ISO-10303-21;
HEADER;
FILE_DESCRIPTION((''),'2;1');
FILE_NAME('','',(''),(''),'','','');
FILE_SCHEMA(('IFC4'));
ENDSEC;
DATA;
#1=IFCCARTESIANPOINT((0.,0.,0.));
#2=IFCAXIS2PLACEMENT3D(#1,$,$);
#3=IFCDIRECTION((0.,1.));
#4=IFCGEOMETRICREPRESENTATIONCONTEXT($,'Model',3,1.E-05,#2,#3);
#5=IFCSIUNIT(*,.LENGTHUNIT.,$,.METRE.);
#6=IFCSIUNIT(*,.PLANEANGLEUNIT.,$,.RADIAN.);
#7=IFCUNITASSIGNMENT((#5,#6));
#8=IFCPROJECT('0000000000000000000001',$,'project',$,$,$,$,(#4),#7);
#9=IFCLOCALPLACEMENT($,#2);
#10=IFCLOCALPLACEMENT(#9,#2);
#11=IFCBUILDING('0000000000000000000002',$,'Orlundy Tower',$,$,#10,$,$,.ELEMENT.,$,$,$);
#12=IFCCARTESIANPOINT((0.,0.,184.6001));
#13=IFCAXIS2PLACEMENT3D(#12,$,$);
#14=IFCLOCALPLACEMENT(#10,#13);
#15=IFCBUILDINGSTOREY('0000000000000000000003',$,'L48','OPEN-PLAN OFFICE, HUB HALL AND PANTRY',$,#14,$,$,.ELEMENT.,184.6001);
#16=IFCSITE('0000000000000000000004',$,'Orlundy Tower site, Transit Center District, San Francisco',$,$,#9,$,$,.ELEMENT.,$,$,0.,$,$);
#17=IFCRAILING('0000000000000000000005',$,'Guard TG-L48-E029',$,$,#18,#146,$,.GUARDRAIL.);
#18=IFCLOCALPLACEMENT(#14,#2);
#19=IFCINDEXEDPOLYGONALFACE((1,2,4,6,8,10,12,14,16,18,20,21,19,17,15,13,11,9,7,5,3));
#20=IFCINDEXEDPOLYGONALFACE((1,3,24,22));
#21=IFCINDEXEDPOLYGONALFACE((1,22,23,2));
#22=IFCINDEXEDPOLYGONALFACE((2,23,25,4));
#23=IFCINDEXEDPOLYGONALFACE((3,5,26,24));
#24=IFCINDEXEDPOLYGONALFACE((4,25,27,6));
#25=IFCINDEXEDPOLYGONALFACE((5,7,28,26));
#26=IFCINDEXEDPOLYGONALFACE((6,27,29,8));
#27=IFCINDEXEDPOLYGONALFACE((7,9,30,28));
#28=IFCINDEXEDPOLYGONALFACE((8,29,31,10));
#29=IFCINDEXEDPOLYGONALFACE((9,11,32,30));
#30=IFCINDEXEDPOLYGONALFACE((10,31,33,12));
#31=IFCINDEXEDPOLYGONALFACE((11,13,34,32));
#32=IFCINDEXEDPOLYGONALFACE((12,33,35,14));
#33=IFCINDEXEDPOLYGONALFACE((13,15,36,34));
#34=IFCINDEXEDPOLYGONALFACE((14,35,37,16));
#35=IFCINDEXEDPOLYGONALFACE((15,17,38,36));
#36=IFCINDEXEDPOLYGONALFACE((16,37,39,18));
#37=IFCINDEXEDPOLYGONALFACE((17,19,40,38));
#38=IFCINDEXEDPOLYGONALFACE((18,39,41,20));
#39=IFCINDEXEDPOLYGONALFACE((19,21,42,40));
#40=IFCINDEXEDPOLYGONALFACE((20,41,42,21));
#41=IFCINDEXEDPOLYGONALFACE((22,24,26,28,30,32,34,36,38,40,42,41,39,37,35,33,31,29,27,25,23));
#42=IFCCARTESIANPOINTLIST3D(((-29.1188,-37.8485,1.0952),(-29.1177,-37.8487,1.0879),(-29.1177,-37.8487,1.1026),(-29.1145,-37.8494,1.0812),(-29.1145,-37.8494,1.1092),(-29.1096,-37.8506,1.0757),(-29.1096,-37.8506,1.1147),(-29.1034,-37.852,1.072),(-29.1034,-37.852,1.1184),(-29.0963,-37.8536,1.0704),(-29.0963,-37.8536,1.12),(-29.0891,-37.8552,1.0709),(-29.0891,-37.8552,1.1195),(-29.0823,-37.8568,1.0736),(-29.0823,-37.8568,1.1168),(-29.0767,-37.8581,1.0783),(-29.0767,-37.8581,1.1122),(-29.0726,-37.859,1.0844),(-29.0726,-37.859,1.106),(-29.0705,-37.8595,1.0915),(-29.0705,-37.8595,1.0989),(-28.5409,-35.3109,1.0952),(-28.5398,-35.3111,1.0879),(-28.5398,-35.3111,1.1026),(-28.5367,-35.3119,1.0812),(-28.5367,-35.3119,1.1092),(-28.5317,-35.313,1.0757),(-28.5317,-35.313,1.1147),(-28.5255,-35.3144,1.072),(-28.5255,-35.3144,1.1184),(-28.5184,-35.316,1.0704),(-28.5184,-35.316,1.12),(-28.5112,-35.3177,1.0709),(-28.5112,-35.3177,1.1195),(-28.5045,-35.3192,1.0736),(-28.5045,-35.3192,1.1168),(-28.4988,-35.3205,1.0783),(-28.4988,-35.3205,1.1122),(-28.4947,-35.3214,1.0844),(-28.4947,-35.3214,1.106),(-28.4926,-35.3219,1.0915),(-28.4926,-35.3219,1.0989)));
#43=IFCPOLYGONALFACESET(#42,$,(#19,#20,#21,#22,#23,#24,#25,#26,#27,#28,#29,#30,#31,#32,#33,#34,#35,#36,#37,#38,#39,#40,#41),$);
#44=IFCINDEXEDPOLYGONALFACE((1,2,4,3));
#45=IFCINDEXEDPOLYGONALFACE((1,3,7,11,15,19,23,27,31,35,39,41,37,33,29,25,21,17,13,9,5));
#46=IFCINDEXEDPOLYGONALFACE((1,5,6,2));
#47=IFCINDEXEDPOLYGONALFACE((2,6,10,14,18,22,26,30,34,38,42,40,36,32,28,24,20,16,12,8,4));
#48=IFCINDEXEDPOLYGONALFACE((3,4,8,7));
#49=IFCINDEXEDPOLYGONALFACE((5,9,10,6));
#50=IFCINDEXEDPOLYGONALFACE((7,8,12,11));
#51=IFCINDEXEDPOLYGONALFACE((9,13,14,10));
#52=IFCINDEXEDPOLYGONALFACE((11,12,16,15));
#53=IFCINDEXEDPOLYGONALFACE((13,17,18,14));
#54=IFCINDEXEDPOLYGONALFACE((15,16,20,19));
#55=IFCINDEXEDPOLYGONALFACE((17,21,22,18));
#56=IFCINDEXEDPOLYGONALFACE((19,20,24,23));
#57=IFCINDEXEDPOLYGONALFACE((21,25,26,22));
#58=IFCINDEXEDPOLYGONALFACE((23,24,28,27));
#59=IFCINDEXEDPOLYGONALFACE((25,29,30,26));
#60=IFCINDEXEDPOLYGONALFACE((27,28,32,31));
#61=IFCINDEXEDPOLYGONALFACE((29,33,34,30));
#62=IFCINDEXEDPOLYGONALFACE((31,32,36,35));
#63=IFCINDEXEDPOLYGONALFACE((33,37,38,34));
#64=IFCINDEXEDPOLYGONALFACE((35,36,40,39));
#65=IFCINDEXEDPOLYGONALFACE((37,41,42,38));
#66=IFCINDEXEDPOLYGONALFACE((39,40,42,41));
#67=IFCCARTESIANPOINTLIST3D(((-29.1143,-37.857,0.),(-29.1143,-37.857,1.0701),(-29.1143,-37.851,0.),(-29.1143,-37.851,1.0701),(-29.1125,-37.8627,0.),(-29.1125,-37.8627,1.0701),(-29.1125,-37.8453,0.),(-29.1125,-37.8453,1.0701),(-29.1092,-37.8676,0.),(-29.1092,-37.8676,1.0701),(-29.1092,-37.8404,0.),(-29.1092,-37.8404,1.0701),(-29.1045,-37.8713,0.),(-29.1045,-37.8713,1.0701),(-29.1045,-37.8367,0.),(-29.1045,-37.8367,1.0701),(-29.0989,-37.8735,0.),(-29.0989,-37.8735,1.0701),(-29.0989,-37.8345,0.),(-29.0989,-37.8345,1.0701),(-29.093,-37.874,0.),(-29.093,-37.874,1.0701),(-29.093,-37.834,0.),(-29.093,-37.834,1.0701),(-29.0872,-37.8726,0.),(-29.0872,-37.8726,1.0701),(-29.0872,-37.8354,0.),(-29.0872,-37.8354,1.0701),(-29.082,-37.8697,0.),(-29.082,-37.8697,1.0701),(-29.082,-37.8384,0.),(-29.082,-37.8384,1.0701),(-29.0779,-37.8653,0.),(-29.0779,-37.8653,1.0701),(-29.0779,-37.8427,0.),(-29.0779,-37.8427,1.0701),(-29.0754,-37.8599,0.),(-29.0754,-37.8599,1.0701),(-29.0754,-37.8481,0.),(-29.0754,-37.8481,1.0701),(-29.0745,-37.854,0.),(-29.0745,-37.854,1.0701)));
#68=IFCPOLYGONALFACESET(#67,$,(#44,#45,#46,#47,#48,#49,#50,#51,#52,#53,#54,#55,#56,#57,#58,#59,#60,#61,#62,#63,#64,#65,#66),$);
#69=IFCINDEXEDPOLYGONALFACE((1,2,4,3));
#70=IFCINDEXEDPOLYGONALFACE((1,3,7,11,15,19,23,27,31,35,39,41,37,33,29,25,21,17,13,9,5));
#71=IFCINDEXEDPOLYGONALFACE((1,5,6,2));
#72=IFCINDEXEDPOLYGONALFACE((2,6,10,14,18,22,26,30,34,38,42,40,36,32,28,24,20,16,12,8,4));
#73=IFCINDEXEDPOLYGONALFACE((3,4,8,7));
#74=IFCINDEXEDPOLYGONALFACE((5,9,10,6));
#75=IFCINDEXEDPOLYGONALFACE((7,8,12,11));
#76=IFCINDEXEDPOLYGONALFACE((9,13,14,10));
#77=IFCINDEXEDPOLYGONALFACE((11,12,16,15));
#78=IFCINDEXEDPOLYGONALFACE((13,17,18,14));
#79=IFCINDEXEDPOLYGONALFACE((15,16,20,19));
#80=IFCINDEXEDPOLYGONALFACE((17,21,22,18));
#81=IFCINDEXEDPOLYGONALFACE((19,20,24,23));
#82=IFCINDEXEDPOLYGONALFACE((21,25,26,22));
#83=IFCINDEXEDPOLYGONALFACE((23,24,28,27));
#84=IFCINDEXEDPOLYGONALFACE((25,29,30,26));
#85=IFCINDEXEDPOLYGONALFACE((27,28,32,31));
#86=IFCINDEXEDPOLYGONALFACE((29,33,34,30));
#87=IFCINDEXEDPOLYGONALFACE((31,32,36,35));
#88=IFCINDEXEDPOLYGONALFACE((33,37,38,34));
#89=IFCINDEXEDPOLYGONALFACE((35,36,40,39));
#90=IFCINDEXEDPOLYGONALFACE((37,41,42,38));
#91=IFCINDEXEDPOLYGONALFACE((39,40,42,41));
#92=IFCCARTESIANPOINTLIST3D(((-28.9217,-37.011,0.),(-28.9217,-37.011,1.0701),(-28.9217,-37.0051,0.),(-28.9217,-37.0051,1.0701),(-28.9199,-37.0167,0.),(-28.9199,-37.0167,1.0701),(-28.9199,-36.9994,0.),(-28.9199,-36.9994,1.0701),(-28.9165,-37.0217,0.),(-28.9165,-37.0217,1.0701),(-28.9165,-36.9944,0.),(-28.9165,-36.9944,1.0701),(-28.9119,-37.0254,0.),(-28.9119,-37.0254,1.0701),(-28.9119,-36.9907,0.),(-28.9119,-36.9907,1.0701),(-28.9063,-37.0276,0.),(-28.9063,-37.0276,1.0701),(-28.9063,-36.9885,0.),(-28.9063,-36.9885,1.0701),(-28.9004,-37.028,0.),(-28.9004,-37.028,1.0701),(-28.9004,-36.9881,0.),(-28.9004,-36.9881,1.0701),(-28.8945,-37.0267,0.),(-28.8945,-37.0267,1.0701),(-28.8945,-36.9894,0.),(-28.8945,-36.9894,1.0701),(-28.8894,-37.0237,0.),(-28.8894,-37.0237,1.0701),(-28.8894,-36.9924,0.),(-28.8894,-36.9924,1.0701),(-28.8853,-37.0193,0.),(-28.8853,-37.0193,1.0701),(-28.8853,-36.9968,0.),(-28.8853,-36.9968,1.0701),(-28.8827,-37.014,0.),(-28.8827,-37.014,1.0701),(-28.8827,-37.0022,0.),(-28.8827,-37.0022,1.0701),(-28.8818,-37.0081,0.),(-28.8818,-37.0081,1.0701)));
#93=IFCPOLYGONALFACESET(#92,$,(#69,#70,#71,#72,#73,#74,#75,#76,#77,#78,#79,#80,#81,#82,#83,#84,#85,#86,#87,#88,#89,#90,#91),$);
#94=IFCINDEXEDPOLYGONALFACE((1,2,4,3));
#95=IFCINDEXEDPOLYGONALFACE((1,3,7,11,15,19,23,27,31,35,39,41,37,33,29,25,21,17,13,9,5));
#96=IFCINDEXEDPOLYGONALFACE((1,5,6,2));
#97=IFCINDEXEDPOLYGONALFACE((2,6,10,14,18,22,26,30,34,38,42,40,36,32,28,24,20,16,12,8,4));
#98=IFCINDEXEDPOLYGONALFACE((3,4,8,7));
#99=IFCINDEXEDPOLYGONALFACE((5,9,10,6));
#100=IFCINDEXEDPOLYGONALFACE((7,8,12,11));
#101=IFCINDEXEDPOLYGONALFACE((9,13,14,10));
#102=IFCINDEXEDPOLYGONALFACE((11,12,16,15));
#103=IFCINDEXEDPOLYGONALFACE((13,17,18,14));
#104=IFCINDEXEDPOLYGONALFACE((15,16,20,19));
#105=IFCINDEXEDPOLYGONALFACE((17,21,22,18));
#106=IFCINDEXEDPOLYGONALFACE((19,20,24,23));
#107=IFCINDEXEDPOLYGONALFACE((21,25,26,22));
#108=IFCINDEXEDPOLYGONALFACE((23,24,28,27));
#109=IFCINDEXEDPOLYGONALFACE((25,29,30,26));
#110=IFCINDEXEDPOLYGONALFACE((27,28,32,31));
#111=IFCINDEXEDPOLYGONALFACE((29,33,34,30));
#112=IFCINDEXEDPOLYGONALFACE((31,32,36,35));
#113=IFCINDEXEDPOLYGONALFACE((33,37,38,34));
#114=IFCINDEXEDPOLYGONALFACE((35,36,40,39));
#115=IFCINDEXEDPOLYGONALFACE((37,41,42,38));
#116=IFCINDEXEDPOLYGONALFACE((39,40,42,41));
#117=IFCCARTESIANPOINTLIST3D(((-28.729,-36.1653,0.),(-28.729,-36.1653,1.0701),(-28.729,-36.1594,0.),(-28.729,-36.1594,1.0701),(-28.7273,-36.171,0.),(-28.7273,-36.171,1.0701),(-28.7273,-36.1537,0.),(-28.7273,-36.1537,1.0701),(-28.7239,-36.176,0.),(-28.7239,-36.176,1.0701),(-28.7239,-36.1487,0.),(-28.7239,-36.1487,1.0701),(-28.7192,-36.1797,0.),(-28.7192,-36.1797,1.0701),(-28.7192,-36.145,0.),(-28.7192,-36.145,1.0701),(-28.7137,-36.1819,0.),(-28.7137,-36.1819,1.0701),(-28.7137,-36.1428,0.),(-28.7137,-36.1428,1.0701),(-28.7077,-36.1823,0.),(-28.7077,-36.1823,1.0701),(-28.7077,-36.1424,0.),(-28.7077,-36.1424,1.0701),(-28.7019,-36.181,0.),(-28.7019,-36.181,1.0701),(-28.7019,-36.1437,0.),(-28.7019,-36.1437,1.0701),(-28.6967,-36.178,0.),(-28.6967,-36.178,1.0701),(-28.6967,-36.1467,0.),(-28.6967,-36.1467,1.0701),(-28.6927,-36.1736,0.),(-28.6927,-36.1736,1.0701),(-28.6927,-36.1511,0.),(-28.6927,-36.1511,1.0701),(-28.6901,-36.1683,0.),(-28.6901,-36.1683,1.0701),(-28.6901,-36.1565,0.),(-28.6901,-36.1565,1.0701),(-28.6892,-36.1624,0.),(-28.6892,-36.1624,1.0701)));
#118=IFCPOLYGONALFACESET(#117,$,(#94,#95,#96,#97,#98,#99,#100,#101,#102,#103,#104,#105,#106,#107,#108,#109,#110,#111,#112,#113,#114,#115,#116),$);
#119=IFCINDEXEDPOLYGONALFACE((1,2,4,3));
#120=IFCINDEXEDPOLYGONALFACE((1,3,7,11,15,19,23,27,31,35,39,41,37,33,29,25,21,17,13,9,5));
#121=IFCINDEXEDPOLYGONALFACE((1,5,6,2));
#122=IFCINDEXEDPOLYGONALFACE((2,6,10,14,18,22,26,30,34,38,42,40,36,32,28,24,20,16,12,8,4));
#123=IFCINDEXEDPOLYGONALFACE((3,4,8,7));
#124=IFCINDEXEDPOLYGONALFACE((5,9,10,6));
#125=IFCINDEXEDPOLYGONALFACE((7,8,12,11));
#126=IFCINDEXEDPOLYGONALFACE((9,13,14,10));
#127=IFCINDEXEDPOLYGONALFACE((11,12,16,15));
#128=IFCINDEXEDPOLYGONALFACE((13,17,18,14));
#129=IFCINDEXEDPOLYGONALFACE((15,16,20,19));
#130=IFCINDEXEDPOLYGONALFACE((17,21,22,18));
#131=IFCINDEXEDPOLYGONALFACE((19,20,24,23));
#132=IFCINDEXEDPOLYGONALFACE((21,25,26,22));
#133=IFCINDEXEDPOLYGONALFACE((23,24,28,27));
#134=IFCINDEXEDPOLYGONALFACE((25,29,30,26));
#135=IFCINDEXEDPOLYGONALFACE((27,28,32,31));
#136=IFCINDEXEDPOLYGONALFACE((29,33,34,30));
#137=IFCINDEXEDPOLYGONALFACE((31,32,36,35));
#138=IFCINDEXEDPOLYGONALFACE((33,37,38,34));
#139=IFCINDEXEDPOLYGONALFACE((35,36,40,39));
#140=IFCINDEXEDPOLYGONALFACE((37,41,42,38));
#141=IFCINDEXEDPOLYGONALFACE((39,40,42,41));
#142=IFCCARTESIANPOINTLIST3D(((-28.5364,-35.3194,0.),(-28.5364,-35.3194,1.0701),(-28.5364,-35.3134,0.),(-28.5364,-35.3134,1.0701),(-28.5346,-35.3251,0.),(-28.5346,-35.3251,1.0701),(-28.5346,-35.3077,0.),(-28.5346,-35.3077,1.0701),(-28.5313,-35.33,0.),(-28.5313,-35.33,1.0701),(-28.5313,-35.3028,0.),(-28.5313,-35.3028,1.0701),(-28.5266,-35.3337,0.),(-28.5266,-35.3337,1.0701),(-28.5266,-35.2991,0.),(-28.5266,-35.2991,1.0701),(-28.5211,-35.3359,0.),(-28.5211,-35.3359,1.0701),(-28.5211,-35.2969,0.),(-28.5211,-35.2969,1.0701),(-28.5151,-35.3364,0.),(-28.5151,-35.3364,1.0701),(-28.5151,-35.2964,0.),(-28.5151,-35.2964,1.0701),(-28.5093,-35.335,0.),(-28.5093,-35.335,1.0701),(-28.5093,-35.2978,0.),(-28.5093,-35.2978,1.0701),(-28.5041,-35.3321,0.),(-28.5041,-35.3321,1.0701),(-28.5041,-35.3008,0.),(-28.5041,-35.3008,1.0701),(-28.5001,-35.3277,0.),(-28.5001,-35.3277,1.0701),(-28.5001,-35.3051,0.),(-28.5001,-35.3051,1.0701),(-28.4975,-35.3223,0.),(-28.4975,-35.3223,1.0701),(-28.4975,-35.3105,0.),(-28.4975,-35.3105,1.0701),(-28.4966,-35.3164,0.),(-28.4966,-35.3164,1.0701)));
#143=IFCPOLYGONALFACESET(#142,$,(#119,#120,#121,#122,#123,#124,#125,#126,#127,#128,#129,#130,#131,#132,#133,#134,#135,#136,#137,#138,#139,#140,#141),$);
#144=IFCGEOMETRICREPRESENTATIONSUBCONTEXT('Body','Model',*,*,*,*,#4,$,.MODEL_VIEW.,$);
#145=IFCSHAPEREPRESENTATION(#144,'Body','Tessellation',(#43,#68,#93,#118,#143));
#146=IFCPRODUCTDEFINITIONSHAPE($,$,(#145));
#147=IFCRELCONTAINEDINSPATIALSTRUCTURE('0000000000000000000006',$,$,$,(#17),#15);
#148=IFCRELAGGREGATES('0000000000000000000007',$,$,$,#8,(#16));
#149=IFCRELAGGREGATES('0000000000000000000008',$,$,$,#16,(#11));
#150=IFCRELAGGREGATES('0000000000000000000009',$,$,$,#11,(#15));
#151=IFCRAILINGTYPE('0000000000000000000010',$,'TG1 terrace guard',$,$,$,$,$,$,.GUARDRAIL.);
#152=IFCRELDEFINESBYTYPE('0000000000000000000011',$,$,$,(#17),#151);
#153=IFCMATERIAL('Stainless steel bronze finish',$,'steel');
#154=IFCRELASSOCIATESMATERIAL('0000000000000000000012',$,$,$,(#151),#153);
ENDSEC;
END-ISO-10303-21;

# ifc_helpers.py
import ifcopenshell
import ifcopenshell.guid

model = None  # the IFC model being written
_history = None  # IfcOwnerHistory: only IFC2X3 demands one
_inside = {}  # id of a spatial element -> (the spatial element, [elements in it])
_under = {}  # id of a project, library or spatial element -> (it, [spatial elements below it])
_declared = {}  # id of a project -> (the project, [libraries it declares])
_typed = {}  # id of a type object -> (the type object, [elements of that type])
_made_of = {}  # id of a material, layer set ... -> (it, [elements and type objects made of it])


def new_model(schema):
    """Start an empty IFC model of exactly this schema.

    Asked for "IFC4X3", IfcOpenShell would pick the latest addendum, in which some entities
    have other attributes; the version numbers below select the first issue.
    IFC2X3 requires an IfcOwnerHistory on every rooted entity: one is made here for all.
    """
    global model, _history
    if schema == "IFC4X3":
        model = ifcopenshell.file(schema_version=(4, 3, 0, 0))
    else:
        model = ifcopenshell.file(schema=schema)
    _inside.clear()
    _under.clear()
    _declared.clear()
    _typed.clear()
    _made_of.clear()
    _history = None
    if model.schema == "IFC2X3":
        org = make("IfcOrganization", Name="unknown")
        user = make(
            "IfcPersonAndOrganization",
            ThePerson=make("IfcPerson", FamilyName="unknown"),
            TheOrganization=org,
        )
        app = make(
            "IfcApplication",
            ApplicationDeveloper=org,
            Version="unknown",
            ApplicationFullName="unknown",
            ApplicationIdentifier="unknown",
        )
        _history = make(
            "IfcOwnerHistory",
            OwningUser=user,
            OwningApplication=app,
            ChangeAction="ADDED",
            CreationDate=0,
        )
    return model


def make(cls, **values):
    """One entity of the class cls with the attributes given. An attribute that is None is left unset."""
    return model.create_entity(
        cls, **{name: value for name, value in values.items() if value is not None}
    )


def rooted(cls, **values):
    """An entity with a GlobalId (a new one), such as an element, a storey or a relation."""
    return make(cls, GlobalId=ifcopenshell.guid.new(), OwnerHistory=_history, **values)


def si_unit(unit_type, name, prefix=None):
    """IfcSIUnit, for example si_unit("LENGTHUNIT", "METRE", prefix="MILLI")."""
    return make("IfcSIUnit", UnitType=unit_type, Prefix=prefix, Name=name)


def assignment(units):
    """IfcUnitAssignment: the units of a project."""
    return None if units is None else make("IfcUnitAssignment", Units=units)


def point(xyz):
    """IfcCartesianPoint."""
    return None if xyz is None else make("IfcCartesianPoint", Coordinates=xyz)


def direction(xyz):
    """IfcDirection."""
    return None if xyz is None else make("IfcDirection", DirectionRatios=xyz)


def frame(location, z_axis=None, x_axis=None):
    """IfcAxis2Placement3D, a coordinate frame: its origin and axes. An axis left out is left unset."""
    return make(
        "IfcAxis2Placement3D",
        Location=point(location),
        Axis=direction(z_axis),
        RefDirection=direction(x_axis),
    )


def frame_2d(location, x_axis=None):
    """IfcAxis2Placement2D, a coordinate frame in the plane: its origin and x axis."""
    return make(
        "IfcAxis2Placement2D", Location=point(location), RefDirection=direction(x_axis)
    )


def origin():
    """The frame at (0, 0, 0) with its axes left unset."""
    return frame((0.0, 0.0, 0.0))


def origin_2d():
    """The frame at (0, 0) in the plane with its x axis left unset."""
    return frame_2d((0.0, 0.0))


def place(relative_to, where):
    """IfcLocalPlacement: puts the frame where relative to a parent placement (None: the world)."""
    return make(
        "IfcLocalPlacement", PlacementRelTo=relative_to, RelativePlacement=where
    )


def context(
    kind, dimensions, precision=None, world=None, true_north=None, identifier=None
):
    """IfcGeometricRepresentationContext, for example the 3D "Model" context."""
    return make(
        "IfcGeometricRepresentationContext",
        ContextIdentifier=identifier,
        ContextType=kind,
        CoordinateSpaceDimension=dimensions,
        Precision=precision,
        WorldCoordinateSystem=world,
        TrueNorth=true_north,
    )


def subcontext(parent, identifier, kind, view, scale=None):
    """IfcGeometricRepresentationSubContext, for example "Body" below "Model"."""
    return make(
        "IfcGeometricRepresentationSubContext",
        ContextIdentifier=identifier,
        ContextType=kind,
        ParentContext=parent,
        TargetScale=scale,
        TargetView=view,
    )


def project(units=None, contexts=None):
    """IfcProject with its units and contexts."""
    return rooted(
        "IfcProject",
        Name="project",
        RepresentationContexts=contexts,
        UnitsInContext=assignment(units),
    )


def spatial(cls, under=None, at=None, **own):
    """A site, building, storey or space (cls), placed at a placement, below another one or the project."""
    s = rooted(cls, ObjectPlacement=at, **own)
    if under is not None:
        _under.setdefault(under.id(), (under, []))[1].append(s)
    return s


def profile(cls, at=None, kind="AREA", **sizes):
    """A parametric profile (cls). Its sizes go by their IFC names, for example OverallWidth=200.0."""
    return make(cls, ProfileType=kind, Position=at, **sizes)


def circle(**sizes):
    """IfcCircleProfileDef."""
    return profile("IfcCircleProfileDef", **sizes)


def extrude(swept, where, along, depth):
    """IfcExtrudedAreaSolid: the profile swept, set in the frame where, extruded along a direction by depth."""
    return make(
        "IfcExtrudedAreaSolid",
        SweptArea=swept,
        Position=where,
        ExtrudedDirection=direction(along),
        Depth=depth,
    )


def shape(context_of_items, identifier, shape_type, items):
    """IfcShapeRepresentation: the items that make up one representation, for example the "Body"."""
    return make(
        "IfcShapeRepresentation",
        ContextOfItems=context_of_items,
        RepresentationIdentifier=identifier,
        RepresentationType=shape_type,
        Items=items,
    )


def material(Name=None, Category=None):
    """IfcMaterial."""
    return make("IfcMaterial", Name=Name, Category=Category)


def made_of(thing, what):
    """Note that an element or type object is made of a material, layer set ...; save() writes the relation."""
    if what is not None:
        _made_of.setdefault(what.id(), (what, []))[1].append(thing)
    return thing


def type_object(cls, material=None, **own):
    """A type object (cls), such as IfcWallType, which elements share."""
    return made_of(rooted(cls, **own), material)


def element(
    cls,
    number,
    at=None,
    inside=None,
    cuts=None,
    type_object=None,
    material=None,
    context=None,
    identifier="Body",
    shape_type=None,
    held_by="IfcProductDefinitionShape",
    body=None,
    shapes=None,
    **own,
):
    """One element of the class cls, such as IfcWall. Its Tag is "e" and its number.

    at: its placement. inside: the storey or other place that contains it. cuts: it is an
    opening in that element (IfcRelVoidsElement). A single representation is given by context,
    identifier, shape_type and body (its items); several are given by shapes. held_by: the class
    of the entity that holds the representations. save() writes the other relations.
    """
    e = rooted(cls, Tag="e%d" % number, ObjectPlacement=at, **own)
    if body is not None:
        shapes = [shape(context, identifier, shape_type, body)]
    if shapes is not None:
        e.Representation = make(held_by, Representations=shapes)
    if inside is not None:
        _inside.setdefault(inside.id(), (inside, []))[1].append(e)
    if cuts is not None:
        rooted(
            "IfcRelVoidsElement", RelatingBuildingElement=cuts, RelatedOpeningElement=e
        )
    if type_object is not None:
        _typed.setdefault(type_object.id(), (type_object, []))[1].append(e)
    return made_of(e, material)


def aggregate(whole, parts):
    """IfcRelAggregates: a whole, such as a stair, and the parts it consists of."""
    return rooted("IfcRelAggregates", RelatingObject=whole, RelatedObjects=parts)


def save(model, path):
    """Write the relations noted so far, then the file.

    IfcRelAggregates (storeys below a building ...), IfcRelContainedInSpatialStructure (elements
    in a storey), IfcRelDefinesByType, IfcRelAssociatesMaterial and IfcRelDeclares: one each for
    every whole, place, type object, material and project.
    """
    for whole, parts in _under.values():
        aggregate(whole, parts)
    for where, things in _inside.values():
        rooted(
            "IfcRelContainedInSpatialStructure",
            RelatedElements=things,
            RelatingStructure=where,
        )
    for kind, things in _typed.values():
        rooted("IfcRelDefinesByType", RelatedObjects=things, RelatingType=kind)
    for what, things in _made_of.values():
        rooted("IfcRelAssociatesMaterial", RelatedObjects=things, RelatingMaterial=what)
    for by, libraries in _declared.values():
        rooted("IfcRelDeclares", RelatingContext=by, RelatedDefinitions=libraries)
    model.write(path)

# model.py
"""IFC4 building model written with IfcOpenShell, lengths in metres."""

from ifc_helpers import new_model, si_unit, direction, frame, origin, origin_2d, place, context, subcontext, project, spatial, circle, extrude, material, type_object, element, save


model = new_model("IFC4")

# Units and contexts
model_context = context("Model", 3, precision=1e-05, world=origin(), true_north=direction((0.0, 1.0)))
body_context = subcontext(model_context, "Body", "Model", "MODEL_VIEW")
ifc_project = project(units=[si_unit("LENGTHUNIT", "METRE"), si_unit("PLANEANGLEUNIT", "RADIAN")], contexts=[model_context])

# Site, building, storey
site_placement = place(None, origin())
site = spatial("IfcSite", under=ifc_project, at=site_placement, Name="Orlundy Tower site, Transit Center District, San Francisco", CompositionType="ELEMENT", RefElevation=0.0)
building_placement = place(site_placement, origin())
building = spatial("IfcBuilding", under=site, at=building_placement, Name="Orlundy Tower", CompositionType="ELEMENT")
storey_placement = place(building_placement, frame((0.0, 0.0, 184.6001)))
storey = spatial("IfcBuildingStorey", under=building, at=storey_placement, Name="L48", Description="OPEN-PLAN OFFICE, HUB HALL AND PANTRY", CompositionType="ELEMENT", Elevation=184.6001)

# Railing
ifc_material_1 = material(Name="Stainless steel bronze finish", Category="steel")
railing_type = type_object("IfcRailingType", Name="TG1 terrace guard", PredefinedType="GUARDRAIL", material=ifc_material_1)
railing_1_placement = place(storey_placement, frame((-29.0945, -37.854, 0.0)))
element("IfcRailing", 1, at=railing_1_placement, inside=storey, type_object=railing_type, Name="Guard TG-L48-E029", PredefinedType="GUARDRAIL", context=body_context, shape_type="SweptSolid", body=[
    extrude(circle(Radius=0.0249, at=origin_2d()), frame((0.0, 0.0, 1.0952), z_axis=(0.222043, 0.975037, 0.0), x_axis=(-0.975037, 0.222043, 0.0)), (0.0, 0.0, 1.0), 2.6025),
    extrude(circle(Radius=0.02, at=origin_2d()), origin(), (0.0, 0.0, 1.0), 1.0701),
    extrude(circle(Radius=0.02, at=origin_2d()), frame((0.1926, 0.8459, 0.0)), (0.0, 0.0, 1.0), 1.0701),
    extrude(circle(Radius=0.02, at=origin_2d()), frame((0.3853, 1.6917, 0.0)), (0.0, 0.0, 1.0), 1.0701),
    extrude(circle(Radius=0.02, at=origin_2d()), frame((0.5779, 2.5376, 0.0)), (0.0, 0.0, 1.0), 1.0701),
])

save(model, "model.ifc")
